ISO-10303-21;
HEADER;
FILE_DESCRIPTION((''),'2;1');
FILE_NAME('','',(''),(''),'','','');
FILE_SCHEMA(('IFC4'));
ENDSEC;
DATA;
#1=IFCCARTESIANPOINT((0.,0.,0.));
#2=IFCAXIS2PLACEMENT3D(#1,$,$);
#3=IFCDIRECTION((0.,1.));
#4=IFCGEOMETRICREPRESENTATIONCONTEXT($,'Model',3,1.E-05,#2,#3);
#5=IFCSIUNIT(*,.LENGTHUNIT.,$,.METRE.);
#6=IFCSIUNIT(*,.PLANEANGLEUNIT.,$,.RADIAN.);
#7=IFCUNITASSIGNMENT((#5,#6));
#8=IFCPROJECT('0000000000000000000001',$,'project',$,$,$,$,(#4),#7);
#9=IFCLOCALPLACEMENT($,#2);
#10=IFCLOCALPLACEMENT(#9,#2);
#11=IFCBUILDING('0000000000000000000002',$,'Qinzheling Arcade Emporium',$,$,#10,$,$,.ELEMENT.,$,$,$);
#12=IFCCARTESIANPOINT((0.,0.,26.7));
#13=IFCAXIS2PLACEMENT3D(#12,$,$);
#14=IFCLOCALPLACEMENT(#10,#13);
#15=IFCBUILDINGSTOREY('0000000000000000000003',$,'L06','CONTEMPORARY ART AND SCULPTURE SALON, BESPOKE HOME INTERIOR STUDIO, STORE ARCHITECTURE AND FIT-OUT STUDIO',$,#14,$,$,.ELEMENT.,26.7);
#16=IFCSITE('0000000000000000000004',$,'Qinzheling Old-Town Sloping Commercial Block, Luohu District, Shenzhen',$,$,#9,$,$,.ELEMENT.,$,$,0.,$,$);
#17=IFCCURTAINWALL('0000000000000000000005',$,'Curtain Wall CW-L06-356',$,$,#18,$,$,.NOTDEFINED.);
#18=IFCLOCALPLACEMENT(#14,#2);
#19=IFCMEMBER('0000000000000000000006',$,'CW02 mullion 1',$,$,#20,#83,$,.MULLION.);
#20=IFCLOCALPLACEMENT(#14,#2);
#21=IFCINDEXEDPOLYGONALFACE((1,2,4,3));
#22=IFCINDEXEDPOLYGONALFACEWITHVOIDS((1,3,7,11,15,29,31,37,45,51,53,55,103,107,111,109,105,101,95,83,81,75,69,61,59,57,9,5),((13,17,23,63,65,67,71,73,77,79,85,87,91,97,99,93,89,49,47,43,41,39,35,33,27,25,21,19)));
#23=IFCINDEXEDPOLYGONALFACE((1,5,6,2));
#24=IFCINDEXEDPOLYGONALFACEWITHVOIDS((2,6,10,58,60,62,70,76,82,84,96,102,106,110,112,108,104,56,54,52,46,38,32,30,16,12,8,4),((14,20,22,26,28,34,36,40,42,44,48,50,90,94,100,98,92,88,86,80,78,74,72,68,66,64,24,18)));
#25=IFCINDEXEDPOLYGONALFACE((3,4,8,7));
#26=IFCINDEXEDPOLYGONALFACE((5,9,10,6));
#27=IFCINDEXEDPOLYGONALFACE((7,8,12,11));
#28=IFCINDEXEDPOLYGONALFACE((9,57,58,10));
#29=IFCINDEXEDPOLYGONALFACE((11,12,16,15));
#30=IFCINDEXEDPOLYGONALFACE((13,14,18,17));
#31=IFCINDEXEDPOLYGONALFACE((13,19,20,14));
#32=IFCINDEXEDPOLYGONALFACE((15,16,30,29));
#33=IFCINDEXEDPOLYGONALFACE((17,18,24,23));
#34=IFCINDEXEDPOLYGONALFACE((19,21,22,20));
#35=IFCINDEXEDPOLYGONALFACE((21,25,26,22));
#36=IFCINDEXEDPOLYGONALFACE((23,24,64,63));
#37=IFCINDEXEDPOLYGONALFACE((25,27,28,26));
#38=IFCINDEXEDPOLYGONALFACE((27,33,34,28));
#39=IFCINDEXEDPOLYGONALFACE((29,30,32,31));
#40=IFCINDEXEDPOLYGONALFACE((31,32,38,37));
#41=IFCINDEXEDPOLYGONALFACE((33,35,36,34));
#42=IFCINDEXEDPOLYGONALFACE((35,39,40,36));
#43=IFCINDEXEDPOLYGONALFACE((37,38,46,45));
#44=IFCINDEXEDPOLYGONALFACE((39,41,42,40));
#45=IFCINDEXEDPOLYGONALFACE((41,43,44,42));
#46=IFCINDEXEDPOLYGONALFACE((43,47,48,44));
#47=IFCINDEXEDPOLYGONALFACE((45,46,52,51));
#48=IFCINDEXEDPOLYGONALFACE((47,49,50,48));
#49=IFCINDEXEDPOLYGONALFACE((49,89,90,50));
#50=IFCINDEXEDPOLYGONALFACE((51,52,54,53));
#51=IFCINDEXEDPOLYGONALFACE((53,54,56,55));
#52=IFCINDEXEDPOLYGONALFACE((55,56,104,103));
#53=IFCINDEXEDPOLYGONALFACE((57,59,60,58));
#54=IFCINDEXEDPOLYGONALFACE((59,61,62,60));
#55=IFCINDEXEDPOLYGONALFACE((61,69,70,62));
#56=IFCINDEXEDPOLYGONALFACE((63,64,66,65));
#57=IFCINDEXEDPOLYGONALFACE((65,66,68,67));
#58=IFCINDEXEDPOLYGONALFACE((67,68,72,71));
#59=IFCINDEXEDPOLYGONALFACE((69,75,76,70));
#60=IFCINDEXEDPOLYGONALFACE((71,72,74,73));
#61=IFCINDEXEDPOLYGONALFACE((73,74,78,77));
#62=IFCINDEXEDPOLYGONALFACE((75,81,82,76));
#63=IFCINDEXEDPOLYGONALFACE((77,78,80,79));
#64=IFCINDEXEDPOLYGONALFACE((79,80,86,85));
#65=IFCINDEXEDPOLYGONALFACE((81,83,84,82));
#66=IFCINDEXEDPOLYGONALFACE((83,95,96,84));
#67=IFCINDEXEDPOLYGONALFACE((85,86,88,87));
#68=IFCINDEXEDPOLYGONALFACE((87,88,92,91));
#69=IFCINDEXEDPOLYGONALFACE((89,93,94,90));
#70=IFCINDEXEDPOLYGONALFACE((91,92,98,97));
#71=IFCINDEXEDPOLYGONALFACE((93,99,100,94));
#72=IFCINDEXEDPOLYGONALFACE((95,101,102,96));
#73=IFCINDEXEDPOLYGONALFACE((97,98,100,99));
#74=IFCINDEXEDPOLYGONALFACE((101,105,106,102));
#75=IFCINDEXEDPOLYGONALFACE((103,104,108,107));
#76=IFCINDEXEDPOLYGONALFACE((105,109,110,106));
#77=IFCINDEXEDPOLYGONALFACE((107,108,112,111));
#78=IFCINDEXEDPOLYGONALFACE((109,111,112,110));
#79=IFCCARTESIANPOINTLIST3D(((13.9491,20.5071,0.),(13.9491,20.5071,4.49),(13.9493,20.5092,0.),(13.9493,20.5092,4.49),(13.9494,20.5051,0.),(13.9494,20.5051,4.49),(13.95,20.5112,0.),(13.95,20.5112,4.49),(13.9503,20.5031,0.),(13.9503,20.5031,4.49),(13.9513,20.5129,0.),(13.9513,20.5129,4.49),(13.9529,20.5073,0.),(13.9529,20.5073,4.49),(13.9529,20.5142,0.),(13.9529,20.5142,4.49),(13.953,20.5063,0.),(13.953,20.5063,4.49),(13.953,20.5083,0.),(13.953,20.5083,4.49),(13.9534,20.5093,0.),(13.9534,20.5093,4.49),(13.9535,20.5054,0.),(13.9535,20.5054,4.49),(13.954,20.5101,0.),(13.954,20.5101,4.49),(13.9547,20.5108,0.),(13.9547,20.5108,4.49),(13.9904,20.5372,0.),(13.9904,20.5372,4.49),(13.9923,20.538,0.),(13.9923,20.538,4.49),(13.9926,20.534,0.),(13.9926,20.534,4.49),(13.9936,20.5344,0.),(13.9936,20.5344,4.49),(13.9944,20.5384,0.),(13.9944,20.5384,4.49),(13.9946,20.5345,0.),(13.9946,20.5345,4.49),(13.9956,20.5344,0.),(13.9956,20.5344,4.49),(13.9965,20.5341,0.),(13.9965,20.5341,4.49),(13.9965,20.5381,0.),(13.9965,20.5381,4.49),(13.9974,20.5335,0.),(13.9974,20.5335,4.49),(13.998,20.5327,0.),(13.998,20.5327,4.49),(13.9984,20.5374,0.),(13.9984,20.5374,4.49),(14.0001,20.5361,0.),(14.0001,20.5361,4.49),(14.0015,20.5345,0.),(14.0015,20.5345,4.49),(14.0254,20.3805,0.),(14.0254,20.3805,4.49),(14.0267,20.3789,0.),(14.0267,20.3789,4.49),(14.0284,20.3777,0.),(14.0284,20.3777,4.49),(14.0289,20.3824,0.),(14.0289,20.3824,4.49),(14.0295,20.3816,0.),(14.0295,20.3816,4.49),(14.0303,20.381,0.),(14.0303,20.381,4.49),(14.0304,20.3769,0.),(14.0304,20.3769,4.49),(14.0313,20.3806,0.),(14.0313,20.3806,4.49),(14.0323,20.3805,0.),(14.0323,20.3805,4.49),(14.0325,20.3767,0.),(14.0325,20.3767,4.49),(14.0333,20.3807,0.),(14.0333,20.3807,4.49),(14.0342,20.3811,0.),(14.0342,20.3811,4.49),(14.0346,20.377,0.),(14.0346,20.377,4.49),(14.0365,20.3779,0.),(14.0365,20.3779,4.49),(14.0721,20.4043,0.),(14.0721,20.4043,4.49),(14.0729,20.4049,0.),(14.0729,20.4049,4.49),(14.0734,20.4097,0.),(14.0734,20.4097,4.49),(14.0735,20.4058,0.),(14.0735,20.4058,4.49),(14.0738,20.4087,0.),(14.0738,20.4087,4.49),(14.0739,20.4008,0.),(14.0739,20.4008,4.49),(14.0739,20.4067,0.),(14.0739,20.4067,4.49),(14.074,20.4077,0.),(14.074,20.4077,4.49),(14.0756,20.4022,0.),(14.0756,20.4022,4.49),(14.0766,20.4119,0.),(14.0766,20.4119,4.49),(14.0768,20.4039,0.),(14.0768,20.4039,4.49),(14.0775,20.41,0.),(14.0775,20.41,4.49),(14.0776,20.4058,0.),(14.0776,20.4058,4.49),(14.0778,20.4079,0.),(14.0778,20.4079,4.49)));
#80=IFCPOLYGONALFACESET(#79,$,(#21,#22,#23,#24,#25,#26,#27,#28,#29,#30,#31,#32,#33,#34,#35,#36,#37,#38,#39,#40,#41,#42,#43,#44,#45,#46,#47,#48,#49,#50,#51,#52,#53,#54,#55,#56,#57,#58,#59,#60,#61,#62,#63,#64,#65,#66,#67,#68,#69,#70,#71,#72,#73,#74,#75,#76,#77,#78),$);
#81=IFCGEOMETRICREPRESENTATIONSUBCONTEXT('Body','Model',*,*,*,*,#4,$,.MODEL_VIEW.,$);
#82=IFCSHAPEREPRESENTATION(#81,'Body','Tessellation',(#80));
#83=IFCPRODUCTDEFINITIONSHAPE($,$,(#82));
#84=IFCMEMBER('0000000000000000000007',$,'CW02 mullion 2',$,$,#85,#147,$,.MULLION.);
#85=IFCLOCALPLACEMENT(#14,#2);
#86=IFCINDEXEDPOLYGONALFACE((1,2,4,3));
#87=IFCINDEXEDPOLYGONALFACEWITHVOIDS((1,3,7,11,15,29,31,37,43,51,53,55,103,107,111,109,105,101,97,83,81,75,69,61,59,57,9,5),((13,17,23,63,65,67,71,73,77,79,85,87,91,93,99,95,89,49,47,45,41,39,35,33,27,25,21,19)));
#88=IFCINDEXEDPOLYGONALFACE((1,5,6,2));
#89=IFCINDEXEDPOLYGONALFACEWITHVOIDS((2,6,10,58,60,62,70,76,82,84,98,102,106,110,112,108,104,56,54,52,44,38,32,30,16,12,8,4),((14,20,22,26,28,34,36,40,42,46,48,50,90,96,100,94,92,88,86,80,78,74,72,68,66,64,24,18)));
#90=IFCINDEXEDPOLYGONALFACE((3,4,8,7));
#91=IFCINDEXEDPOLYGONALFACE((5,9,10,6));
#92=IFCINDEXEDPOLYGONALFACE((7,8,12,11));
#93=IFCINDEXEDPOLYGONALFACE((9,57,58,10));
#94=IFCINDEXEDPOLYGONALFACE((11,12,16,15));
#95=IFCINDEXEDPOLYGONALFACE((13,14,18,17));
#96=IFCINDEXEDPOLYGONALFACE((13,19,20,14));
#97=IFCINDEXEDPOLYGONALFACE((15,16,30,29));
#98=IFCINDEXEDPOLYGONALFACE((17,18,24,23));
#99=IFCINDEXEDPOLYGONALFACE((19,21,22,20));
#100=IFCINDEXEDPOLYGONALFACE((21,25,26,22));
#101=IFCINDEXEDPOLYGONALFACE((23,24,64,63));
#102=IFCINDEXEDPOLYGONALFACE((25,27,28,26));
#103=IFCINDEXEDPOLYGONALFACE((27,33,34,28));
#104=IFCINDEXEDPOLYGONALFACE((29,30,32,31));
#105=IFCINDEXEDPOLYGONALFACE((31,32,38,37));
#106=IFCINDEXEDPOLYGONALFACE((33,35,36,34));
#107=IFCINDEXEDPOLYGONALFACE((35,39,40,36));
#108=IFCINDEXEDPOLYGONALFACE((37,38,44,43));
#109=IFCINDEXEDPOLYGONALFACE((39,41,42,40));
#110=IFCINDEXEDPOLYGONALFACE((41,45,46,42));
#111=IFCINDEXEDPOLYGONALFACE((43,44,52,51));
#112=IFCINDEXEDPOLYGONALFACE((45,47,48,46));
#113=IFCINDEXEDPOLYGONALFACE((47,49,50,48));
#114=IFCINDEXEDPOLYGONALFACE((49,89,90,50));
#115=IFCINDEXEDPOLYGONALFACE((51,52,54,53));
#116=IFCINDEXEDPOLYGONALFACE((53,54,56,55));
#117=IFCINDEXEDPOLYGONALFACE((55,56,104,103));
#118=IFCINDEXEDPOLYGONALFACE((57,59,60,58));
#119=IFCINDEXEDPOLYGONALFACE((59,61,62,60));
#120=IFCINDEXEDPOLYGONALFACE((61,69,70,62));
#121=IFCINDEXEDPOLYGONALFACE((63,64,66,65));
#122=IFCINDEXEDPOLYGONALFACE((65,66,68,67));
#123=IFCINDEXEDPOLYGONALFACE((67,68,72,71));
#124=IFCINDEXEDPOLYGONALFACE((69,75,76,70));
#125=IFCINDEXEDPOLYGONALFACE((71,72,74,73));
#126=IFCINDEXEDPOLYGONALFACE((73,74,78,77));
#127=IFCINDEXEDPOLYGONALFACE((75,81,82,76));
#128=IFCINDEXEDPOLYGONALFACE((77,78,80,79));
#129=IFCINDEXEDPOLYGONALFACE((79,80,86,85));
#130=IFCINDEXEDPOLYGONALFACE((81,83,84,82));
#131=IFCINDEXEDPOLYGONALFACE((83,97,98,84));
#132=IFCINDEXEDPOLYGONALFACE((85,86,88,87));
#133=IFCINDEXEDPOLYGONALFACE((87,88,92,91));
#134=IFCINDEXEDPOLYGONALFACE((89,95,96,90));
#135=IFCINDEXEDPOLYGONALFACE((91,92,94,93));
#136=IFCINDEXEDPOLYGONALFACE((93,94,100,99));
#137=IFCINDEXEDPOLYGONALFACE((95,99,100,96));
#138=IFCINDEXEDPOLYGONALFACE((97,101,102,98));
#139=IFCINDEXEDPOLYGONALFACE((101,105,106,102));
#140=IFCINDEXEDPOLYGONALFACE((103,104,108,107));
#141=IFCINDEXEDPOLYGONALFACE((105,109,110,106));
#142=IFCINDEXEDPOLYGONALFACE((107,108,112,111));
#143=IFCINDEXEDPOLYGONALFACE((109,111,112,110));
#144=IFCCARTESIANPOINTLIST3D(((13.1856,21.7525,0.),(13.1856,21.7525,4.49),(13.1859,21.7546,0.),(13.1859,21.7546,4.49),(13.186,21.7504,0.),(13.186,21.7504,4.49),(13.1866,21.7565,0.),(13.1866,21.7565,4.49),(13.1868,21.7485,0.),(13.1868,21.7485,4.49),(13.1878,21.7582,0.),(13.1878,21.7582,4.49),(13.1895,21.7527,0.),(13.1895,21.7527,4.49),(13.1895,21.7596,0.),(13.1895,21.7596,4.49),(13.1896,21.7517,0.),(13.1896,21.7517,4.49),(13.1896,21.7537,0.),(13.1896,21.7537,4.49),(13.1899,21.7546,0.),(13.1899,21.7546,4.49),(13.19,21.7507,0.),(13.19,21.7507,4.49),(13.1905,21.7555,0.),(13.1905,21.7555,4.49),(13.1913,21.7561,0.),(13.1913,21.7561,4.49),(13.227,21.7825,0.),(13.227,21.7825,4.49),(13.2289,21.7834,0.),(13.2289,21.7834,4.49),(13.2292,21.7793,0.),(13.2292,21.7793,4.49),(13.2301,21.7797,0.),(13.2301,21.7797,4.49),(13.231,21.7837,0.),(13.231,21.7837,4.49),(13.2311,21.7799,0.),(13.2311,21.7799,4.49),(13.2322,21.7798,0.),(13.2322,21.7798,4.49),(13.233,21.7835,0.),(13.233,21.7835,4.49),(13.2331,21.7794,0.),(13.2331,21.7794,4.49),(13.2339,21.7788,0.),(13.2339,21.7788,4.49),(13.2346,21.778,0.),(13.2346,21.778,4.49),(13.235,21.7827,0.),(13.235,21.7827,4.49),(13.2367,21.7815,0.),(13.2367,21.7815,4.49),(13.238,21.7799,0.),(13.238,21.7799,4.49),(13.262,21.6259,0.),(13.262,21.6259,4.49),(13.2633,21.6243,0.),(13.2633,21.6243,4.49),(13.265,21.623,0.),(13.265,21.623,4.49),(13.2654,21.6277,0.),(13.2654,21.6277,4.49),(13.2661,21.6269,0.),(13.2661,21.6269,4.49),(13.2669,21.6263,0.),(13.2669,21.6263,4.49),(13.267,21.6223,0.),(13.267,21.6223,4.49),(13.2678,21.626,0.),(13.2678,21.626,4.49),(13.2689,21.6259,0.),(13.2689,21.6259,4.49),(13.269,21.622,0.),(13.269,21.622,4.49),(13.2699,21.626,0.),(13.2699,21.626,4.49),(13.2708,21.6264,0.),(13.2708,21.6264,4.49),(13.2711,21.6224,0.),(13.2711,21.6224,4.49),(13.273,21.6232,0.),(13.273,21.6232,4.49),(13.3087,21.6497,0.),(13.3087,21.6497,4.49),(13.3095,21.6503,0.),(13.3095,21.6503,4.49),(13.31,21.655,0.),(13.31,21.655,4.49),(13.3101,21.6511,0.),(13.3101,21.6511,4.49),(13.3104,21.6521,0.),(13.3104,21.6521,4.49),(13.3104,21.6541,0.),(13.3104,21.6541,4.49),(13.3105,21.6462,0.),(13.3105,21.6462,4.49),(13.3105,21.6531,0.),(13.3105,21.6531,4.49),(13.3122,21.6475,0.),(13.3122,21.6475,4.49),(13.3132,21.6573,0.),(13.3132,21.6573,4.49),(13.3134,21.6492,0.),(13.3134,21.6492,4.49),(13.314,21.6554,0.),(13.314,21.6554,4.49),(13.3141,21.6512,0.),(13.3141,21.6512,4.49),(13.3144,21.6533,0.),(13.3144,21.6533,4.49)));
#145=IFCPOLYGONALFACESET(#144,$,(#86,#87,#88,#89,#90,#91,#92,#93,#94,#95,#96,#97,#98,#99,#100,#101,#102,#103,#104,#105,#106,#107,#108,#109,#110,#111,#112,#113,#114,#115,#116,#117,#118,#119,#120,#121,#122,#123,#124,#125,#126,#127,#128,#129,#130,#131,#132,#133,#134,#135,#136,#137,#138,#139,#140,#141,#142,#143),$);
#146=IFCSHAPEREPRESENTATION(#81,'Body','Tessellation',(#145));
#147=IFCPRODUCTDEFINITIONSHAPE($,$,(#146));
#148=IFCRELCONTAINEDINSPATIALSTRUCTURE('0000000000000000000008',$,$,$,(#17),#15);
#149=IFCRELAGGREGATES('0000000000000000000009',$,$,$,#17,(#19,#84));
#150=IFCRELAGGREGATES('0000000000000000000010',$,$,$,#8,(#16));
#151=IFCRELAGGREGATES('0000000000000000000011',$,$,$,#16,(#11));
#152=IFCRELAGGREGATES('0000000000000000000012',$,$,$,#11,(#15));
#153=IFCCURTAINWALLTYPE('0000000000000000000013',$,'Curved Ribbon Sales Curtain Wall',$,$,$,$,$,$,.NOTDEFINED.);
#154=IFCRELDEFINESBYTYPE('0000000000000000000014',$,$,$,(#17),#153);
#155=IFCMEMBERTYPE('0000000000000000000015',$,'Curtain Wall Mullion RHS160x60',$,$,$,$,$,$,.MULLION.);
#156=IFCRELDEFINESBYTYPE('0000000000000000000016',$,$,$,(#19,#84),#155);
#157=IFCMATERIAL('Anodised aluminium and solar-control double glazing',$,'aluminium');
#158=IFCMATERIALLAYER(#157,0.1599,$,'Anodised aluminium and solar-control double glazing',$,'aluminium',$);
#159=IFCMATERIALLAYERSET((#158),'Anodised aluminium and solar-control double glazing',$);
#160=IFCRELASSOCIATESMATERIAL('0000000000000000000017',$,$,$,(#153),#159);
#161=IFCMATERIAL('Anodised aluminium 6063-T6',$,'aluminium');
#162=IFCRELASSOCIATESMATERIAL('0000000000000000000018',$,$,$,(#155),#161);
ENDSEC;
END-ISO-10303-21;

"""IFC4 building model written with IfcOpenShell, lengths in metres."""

from ifc_helpers import new_model, si_unit, direction, frame, origin, origin_2d, place, context, subcontext, project, spatial, hollow_rectangle, extrude, material, layer, layer_set, material_profile, profile_set, type_object, element, aggregate, save


model = new_model("IFC4")

# Units and contexts
model_context = context("Model", 3, precision=1e-05, world=origin(), true_north=direction((0.0, 1.0)))
body_context = subcontext(model_context, "Body", "Model", "MODEL_VIEW")
ifc_project = project(units=[si_unit("LENGTHUNIT", "METRE"), si_unit("PLANEANGLEUNIT", "RADIAN")], contexts=[model_context])

# Site, building, storey
site_placement = place(None, origin())
site = spatial("IfcSite", under=ifc_project, at=site_placement, Name="Qinzheling Old-Town Sloping Commercial Block, Luohu District, Shenzhen", CompositionType="ELEMENT", RefElevation=0.0)
building_placement = place(site_placement, origin())
building = spatial("IfcBuilding", under=site, at=building_placement, Name="Qinzheling Arcade Emporium", CompositionType="ELEMENT")
storey_placement = place(building_placement, frame((0.0, 0.0, 26.7)))
storey = spatial("IfcBuildingStorey", under=building, at=storey_placement, Name="L06", Description="CONTEMPORARY ART AND SCULPTURE SALON, BESPOKE HOME INTERIOR STUDIO, STORE ARCHITECTURE AND FIT-OUT STUDIO", CompositionType="ELEMENT", Elevation=26.7)

# Curtain wall, members
ifc_material_1 = material(Name="Anodised aluminium and solar-control double glazing", Category="aluminium")
ifc_layer_1 = layer(ifc_material_1, 0.1599, Name="Anodised aluminium and solar-control double glazing", Category="aluminium")
ifc_layer_set_1 = layer_set([ifc_layer_1], Name="Anodised aluminium and solar-control double glazing")
curtain_wall_type = type_object("IfcCurtainWallType", Name="Curved Ribbon Sales Curtain Wall", PredefinedType="NOTDEFINED", material=ifc_layer_set_1)
curtain_wall_1_placement = place(storey_placement, origin())
curtain_wall_1 = element("IfcCurtainWall", 1, at=curtain_wall_1_placement, inside=storey, type_object=curtain_wall_type, Name="Curtain Wall CW-L06-356", PredefinedType="NOTDEFINED")
ifc_material_2 = material(Name="Anodised aluminium 6063-T6", Category="aluminium")
ifc_material_profile_1 = material_profile(ifc_material_2, hollow_rectangle(XDim=0.0601, YDim=0.1599, WallThickness=0.0039, InnerFilletRadius=0.0039, OuterFilletRadius=0.0081, at=origin_2d()), Name="RHS 160x60x4", Category="aluminium")
ifc_profile_set_1 = profile_set([ifc_material_profile_1], Name="Anodised aluminium 6063-T6")
member_type_1 = type_object("IfcMemberType", Name="Curtain Wall Mullion RHS160x60", PredefinedType="MULLION", material=ifc_profile_set_1)
member_1_placement = place(storey_placement, frame((14.0134, 20.4575, 0.0), z_axis=(0.0, 0.0, 1.0), x_axis=(-0.852601, -0.522562, 0.0)))
member_1 = element("IfcMember", 2, at=member_1_placement, type_object=member_type_1, Name="CW02 mullion 1", PredefinedType="MULLION", context=body_context, shape_type="SweptSolid", body=[
    extrude(hollow_rectangle(XDim=0.0601, YDim=0.1599, WallThickness=0.0039, InnerFilletRadius=0.0039, OuterFilletRadius=0.0081, at=origin_2d()), origin(), (0.0, 0.0, 1.0), 4.49),
])
member_2_placement = place(storey_placement, frame((13.25, 21.7029, 0.0), z_axis=(0.0, 0.0, 1.0), x_axis=(-0.852601, -0.522562, 0.0)))
member_2 = element("IfcMember", 3, at=member_2_placement, type_object=member_type_1, Name="CW02 mullion 2", PredefinedType="MULLION", context=body_context, shape_type="SweptSolid", body=[
    extrude(hollow_rectangle(XDim=0.0601, YDim=0.1599, WallThickness=0.0039, InnerFilletRadius=0.0039, OuterFilletRadius=0.0081, at=origin_2d()), origin(), (0.0, 0.0, 1.0), 4.49),
])

aggregate(curtain_wall_1, [member_1, member_2])

save(model, "model.ifc")
